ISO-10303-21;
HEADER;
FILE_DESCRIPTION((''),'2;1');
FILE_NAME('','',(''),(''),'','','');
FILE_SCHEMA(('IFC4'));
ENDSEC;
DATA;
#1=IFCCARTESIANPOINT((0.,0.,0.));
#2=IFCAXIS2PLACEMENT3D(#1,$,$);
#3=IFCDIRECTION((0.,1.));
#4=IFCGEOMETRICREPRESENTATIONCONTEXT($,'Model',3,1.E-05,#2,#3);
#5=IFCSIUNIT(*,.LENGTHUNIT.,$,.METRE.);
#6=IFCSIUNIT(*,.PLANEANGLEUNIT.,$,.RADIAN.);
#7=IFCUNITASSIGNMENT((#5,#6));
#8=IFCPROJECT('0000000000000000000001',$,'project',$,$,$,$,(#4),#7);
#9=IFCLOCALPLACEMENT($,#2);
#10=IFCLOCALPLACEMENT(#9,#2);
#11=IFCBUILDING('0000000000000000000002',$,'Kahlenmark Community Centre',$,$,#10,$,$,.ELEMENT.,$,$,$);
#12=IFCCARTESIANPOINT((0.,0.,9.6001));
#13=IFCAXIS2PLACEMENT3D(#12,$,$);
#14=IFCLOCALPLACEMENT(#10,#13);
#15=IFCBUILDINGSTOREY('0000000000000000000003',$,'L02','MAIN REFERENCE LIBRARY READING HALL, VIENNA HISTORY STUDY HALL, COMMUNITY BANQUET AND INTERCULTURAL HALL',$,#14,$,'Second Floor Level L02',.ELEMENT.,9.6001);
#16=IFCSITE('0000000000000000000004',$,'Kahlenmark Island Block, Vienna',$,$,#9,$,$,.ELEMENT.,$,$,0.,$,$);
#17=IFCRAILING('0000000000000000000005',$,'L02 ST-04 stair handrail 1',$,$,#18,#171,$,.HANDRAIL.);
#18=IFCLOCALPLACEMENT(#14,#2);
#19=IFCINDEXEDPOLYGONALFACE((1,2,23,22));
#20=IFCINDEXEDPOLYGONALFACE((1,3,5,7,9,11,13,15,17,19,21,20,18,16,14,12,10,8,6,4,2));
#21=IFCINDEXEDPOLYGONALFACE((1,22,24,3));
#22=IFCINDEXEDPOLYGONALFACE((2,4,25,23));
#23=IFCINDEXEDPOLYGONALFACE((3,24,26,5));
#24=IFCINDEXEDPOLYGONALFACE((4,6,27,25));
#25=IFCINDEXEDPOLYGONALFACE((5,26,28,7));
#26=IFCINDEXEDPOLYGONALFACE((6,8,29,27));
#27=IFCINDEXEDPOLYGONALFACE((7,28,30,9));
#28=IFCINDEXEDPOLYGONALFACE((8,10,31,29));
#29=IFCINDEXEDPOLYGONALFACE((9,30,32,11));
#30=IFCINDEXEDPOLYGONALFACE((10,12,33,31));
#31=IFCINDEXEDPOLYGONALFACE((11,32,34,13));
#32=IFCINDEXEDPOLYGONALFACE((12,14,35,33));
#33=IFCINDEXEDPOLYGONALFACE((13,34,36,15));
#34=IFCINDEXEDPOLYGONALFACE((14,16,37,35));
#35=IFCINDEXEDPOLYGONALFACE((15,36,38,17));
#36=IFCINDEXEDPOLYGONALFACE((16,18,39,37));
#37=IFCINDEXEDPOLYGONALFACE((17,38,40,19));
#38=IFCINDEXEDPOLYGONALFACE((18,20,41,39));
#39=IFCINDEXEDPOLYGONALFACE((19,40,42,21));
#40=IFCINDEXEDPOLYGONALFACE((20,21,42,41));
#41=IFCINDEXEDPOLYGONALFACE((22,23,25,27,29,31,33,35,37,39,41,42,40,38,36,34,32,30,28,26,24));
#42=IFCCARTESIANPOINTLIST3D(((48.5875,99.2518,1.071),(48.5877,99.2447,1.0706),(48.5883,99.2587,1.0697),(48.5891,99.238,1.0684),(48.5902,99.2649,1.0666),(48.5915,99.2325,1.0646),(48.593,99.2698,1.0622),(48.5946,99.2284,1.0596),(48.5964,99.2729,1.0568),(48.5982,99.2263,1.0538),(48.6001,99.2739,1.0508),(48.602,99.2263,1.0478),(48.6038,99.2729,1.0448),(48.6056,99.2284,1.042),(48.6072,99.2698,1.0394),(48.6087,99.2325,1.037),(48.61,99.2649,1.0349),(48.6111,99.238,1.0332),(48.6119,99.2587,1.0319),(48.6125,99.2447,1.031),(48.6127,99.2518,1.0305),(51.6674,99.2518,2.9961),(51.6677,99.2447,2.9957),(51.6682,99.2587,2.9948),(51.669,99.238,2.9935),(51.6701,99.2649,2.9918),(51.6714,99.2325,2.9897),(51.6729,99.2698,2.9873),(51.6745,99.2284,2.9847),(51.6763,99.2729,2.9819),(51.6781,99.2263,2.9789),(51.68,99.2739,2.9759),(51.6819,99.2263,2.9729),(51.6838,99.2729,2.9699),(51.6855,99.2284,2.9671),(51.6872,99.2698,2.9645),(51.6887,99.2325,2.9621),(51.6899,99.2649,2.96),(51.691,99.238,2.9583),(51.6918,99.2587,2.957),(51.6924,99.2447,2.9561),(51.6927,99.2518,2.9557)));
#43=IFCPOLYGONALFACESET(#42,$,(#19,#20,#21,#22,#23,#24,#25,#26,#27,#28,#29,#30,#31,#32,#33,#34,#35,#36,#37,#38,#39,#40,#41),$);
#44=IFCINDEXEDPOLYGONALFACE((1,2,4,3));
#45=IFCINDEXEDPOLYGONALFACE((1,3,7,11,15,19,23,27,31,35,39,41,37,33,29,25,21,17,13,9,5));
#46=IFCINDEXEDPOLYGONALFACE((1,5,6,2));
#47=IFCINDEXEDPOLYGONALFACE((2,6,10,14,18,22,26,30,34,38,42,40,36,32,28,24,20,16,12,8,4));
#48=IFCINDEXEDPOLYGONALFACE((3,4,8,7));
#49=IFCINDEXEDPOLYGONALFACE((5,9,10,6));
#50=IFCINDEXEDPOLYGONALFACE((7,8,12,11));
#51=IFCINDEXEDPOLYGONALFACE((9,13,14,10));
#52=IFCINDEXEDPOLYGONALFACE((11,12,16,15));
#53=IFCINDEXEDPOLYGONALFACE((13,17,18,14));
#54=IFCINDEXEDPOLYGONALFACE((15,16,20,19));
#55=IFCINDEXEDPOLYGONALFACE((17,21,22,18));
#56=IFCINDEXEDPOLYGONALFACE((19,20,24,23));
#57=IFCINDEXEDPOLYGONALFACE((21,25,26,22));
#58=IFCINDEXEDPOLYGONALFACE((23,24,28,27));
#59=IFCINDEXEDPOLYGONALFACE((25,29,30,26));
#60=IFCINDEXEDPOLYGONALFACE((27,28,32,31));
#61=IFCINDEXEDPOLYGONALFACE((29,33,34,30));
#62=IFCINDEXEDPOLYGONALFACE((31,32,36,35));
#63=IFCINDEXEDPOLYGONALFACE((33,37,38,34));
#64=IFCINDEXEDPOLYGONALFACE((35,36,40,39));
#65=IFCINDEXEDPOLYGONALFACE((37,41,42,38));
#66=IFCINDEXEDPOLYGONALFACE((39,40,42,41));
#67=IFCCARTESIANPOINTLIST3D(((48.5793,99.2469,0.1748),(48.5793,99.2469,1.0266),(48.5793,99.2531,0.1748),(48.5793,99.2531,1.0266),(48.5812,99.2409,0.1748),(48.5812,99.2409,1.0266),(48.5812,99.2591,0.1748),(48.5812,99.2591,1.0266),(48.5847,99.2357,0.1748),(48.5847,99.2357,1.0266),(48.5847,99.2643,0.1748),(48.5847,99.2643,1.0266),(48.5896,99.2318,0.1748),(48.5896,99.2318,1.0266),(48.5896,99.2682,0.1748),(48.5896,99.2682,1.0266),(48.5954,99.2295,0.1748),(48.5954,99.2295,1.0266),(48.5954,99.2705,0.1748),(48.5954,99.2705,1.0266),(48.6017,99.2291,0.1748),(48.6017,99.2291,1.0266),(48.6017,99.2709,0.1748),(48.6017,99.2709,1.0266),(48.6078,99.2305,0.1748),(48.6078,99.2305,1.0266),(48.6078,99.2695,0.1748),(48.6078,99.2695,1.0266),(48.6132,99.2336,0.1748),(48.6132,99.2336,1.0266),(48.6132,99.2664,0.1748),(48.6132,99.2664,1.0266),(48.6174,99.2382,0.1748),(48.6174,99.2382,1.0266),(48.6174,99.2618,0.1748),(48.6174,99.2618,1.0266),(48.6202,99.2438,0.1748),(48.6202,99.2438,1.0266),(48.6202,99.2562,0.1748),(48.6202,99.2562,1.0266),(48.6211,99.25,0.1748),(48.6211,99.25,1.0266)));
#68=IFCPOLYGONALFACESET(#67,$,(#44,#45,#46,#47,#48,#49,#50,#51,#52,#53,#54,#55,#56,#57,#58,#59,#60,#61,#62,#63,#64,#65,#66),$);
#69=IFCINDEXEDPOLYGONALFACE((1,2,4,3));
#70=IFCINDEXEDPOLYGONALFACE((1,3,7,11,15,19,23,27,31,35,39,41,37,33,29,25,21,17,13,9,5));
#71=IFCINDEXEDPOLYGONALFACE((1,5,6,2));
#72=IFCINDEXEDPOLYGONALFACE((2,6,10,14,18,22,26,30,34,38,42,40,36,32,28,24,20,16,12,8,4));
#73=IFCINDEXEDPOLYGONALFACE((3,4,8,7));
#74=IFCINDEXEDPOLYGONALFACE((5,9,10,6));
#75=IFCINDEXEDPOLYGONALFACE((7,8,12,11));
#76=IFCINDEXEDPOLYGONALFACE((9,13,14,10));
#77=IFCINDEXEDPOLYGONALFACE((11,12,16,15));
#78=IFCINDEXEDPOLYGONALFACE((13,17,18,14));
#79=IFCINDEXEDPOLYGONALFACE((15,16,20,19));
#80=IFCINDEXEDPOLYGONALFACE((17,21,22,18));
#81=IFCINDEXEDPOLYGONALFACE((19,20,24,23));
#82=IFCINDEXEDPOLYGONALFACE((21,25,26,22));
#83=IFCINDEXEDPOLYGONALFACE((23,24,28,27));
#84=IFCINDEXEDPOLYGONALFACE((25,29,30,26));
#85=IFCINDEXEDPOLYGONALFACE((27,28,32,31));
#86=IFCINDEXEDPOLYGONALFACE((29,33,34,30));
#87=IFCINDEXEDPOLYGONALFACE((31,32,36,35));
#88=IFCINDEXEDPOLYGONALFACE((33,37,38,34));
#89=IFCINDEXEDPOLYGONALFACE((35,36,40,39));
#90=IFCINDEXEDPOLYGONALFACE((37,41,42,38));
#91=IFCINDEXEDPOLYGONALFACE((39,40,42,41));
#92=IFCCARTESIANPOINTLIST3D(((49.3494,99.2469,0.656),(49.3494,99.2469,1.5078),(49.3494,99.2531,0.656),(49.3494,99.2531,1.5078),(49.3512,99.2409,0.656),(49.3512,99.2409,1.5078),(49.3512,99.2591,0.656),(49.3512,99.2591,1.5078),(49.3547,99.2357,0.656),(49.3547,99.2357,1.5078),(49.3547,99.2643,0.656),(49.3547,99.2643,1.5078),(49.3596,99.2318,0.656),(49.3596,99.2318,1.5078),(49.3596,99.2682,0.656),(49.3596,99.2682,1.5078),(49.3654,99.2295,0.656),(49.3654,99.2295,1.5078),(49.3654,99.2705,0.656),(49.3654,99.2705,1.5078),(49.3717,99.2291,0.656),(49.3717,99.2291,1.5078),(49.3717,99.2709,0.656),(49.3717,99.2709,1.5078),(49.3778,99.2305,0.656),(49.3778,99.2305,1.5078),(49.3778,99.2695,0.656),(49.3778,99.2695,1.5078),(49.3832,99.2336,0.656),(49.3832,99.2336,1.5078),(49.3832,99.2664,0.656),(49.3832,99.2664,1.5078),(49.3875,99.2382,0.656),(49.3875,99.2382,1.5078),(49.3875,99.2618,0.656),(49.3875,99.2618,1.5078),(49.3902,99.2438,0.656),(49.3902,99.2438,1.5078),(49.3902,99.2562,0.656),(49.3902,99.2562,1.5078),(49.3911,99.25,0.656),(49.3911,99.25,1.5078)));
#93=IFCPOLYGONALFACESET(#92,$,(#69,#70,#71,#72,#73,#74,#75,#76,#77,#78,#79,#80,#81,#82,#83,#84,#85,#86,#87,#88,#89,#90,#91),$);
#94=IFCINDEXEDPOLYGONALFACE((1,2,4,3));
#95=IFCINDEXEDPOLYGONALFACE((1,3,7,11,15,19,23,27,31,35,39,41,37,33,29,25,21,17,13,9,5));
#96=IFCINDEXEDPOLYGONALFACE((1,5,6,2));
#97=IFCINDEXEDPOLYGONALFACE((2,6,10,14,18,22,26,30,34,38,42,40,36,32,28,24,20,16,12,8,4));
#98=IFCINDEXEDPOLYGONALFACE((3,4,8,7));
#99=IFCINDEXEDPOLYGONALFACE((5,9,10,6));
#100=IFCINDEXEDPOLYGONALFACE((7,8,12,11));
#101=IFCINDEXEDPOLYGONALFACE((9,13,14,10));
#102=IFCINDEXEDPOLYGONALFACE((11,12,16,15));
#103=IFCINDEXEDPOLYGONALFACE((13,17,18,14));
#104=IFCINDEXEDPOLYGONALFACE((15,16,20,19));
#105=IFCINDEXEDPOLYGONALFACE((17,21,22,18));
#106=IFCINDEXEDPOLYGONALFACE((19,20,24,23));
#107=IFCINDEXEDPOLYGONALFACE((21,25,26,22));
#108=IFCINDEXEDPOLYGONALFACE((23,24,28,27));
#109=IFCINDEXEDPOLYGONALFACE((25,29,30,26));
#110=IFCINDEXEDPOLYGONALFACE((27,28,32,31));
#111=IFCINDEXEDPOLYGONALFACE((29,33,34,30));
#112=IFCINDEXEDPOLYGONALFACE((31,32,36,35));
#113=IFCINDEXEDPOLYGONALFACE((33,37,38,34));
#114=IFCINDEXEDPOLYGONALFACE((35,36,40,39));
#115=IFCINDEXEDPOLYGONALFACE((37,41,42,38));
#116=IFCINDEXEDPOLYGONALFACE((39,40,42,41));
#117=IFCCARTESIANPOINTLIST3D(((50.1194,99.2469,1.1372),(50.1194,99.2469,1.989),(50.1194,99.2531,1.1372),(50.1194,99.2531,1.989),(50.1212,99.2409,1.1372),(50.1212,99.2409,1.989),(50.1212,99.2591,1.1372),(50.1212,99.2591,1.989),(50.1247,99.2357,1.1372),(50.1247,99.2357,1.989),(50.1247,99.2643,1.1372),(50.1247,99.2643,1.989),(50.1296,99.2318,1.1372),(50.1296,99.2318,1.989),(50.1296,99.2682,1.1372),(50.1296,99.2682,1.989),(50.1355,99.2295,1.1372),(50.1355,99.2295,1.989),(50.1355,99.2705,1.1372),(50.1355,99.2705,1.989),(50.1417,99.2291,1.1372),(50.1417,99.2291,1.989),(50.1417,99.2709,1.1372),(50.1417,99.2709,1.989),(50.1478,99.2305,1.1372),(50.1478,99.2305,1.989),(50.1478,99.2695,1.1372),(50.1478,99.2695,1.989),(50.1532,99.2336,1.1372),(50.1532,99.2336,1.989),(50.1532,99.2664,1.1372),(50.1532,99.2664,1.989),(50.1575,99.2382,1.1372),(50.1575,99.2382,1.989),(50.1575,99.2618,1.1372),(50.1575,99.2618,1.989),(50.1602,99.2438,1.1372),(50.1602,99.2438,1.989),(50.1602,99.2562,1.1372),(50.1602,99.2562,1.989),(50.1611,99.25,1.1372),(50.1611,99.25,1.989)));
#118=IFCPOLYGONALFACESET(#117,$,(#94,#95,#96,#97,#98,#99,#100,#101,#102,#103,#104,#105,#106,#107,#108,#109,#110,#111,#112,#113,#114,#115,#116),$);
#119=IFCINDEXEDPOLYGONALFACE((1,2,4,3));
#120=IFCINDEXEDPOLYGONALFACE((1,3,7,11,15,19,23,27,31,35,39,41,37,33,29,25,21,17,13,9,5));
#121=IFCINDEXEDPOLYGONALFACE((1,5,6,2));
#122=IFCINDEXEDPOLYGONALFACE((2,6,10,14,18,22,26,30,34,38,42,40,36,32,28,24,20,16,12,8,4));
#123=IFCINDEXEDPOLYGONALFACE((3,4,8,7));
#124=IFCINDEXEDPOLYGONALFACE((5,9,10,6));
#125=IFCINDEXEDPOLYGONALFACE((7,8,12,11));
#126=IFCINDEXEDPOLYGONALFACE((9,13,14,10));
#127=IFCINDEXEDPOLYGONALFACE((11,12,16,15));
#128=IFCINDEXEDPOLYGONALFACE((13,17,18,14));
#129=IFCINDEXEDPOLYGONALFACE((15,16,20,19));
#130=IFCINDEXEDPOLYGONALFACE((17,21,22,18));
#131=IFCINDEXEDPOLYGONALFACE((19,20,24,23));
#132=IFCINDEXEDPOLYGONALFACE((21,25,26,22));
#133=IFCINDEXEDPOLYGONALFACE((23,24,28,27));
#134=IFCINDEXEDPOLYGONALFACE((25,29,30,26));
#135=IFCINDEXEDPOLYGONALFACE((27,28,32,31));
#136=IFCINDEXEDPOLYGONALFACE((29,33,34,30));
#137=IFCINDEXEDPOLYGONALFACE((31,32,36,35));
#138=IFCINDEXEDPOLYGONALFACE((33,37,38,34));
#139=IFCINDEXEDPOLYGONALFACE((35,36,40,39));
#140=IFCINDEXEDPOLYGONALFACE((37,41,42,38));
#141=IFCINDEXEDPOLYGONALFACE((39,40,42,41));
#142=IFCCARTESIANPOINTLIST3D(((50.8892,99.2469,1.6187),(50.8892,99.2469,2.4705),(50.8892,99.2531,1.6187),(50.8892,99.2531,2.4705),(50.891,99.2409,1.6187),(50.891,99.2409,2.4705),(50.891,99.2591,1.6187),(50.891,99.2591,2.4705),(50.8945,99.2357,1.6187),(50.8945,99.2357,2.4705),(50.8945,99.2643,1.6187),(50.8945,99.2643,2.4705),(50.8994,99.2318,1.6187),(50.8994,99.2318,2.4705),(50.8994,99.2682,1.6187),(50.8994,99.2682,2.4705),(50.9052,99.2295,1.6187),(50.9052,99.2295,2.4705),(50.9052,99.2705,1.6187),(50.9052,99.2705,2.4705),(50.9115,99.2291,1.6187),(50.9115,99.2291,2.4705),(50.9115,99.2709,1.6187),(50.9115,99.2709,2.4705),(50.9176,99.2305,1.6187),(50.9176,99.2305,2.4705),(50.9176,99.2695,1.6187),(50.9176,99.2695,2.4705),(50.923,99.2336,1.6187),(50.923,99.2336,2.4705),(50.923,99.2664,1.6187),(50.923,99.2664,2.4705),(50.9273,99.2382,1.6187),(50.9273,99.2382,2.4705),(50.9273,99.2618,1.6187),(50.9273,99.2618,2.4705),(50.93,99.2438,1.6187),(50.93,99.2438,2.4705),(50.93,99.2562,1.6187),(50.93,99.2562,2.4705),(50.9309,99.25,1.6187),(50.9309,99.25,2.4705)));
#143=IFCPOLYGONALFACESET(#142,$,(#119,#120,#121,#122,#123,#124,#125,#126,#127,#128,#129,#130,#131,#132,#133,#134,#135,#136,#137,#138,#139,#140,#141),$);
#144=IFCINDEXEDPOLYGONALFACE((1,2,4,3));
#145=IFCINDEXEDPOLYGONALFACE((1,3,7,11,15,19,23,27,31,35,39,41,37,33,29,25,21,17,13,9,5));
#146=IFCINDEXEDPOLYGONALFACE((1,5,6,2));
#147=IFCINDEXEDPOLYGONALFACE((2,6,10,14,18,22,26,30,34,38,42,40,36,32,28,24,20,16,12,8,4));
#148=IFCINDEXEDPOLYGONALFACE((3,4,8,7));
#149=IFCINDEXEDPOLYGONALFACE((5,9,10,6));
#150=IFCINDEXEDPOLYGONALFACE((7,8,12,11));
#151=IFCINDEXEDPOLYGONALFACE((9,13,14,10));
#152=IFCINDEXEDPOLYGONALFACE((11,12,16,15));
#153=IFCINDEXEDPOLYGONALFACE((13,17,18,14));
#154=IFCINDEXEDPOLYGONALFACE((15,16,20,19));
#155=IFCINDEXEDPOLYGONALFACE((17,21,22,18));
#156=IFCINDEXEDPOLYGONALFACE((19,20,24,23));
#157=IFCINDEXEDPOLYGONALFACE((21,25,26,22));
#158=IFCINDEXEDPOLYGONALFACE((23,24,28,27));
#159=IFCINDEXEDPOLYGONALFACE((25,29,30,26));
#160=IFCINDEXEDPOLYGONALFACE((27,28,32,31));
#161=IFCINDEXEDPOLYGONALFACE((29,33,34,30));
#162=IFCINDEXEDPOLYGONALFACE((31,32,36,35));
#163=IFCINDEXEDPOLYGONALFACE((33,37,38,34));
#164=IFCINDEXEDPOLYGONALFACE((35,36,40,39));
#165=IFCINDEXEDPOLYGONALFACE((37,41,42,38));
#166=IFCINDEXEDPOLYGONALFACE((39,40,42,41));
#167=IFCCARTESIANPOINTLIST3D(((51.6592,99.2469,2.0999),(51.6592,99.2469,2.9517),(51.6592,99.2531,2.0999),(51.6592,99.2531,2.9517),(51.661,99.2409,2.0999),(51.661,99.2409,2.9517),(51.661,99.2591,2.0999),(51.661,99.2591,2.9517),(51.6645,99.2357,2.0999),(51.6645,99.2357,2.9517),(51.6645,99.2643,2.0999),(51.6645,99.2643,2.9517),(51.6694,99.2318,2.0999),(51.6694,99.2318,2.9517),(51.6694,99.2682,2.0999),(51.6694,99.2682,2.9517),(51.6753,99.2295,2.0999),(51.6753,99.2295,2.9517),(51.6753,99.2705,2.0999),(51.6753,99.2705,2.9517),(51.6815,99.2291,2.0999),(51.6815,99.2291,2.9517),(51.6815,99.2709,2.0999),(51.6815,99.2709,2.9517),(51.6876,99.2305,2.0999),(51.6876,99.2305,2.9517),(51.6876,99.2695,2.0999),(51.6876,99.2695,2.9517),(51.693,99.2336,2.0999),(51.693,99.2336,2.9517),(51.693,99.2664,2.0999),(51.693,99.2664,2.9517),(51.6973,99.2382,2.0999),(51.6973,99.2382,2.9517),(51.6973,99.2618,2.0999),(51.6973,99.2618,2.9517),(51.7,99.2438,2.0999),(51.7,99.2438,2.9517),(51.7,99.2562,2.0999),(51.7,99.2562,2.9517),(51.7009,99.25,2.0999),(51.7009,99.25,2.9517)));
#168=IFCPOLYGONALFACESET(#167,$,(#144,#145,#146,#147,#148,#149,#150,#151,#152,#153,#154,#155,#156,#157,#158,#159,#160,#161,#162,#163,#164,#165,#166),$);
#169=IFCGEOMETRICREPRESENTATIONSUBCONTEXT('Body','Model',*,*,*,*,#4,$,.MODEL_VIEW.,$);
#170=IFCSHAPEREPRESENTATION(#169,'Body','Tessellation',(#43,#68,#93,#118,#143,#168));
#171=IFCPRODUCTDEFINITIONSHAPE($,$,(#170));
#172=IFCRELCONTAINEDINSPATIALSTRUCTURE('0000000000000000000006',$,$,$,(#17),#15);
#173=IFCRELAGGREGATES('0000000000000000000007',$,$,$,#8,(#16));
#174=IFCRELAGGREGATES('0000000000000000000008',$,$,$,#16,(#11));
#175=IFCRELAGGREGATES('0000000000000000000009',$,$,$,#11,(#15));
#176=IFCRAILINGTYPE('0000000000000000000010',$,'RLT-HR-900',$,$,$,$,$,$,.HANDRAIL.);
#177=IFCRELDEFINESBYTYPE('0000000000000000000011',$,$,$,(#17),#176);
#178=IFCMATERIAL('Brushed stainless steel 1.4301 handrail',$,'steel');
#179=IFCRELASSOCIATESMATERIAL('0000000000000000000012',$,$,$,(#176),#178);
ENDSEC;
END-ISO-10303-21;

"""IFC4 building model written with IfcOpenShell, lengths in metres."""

from ifc_helpers import new_model, si_unit, direction, frame, origin, origin_2d, place, context, subcontext, project, spatial, circle, extrude, material, type_object, element, save


model = new_model("IFC4")

# Units and contexts
model_context = context("Model", 3, precision=1e-05, world=origin(), true_north=direction((0.0, 1.0)))
body_context = subcontext(model_context, "Body", "Model", "MODEL_VIEW")
ifc_project = project(units=[si_unit("LENGTHUNIT", "METRE"), si_unit("PLANEANGLEUNIT", "RADIAN")], contexts=[model_context])

# Site, building, storey
site_placement = place(None, origin())
site = spatial("IfcSite", under=ifc_project, at=site_placement, Name="Kahlenmark Island Block, Vienna", CompositionType="ELEMENT", RefElevation=0.0)
building_placement = place(site_placement, origin())
building = spatial("IfcBuilding", under=site, at=building_placement, Name="Kahlenmark Community Centre", CompositionType="ELEMENT")
storey_placement = place(building_placement, frame((0.0, 0.0, 9.6001)))
storey = spatial("IfcBuildingStorey", under=building, at=storey_placement, Name="L02", Description="MAIN REFERENCE LIBRARY READING HALL, VIENNA HISTORY STUDY HALL, COMMUNITY BANQUET AND INTERCULTURAL HALL", LongName="Second Floor Level L02", CompositionType="ELEMENT", Elevation=9.6001)

# Railing
ifc_material_1 = material(Name="Brushed stainless steel 1.4301 handrail", Category="steel")
railing_type_1 = type_object("IfcRailingType", Name="RLT-HR-900", PredefinedType="HANDRAIL", material=ifc_material_1)
railing_1_placement = place(storey_placement, frame((48.6001, 99.25, 0.1748)))
element("IfcRailing", 1, at=railing_1_placement, inside=storey, type_object=railing_type_1, Name="L02 ST-04 stair handrail 1", PredefinedType="HANDRAIL", context=body_context, shape_type="SweptSolid", body=[
    extrude(circle(Radius=0.0239, at=origin_2d()), frame((0.0, 0.0, 0.876), z_axis=(0.847979, 0.0, 0.530029), x_axis=(0.0, 1.0, 0.0)), (0.0, 0.0, 1.0), 3.6321),
    extrude(circle(Radius=0.021, at=origin_2d()), origin(), (0.0, 0.0, 1.0), 0.8518),
    extrude(circle(Radius=0.021, at=origin_2d()), frame((0.77, 0.0, 0.4812)), (0.0, 0.0, 1.0), 0.8518),
    extrude(circle(Radius=0.021, at=origin_2d()), frame((1.54, 0.0, 0.9624)), (0.0, 0.0, 1.0), 0.8518),
    extrude(circle(Radius=0.021, at=origin_2d()), frame((2.3098, 0.0, 1.4438)), (0.0, 0.0, 1.0), 0.8518),
    extrude(circle(Radius=0.021, at=origin_2d()), frame((3.0798, 0.0, 1.925)), (0.0, 0.0, 1.0), 0.8518),
])

save(model, "model.ifc")
